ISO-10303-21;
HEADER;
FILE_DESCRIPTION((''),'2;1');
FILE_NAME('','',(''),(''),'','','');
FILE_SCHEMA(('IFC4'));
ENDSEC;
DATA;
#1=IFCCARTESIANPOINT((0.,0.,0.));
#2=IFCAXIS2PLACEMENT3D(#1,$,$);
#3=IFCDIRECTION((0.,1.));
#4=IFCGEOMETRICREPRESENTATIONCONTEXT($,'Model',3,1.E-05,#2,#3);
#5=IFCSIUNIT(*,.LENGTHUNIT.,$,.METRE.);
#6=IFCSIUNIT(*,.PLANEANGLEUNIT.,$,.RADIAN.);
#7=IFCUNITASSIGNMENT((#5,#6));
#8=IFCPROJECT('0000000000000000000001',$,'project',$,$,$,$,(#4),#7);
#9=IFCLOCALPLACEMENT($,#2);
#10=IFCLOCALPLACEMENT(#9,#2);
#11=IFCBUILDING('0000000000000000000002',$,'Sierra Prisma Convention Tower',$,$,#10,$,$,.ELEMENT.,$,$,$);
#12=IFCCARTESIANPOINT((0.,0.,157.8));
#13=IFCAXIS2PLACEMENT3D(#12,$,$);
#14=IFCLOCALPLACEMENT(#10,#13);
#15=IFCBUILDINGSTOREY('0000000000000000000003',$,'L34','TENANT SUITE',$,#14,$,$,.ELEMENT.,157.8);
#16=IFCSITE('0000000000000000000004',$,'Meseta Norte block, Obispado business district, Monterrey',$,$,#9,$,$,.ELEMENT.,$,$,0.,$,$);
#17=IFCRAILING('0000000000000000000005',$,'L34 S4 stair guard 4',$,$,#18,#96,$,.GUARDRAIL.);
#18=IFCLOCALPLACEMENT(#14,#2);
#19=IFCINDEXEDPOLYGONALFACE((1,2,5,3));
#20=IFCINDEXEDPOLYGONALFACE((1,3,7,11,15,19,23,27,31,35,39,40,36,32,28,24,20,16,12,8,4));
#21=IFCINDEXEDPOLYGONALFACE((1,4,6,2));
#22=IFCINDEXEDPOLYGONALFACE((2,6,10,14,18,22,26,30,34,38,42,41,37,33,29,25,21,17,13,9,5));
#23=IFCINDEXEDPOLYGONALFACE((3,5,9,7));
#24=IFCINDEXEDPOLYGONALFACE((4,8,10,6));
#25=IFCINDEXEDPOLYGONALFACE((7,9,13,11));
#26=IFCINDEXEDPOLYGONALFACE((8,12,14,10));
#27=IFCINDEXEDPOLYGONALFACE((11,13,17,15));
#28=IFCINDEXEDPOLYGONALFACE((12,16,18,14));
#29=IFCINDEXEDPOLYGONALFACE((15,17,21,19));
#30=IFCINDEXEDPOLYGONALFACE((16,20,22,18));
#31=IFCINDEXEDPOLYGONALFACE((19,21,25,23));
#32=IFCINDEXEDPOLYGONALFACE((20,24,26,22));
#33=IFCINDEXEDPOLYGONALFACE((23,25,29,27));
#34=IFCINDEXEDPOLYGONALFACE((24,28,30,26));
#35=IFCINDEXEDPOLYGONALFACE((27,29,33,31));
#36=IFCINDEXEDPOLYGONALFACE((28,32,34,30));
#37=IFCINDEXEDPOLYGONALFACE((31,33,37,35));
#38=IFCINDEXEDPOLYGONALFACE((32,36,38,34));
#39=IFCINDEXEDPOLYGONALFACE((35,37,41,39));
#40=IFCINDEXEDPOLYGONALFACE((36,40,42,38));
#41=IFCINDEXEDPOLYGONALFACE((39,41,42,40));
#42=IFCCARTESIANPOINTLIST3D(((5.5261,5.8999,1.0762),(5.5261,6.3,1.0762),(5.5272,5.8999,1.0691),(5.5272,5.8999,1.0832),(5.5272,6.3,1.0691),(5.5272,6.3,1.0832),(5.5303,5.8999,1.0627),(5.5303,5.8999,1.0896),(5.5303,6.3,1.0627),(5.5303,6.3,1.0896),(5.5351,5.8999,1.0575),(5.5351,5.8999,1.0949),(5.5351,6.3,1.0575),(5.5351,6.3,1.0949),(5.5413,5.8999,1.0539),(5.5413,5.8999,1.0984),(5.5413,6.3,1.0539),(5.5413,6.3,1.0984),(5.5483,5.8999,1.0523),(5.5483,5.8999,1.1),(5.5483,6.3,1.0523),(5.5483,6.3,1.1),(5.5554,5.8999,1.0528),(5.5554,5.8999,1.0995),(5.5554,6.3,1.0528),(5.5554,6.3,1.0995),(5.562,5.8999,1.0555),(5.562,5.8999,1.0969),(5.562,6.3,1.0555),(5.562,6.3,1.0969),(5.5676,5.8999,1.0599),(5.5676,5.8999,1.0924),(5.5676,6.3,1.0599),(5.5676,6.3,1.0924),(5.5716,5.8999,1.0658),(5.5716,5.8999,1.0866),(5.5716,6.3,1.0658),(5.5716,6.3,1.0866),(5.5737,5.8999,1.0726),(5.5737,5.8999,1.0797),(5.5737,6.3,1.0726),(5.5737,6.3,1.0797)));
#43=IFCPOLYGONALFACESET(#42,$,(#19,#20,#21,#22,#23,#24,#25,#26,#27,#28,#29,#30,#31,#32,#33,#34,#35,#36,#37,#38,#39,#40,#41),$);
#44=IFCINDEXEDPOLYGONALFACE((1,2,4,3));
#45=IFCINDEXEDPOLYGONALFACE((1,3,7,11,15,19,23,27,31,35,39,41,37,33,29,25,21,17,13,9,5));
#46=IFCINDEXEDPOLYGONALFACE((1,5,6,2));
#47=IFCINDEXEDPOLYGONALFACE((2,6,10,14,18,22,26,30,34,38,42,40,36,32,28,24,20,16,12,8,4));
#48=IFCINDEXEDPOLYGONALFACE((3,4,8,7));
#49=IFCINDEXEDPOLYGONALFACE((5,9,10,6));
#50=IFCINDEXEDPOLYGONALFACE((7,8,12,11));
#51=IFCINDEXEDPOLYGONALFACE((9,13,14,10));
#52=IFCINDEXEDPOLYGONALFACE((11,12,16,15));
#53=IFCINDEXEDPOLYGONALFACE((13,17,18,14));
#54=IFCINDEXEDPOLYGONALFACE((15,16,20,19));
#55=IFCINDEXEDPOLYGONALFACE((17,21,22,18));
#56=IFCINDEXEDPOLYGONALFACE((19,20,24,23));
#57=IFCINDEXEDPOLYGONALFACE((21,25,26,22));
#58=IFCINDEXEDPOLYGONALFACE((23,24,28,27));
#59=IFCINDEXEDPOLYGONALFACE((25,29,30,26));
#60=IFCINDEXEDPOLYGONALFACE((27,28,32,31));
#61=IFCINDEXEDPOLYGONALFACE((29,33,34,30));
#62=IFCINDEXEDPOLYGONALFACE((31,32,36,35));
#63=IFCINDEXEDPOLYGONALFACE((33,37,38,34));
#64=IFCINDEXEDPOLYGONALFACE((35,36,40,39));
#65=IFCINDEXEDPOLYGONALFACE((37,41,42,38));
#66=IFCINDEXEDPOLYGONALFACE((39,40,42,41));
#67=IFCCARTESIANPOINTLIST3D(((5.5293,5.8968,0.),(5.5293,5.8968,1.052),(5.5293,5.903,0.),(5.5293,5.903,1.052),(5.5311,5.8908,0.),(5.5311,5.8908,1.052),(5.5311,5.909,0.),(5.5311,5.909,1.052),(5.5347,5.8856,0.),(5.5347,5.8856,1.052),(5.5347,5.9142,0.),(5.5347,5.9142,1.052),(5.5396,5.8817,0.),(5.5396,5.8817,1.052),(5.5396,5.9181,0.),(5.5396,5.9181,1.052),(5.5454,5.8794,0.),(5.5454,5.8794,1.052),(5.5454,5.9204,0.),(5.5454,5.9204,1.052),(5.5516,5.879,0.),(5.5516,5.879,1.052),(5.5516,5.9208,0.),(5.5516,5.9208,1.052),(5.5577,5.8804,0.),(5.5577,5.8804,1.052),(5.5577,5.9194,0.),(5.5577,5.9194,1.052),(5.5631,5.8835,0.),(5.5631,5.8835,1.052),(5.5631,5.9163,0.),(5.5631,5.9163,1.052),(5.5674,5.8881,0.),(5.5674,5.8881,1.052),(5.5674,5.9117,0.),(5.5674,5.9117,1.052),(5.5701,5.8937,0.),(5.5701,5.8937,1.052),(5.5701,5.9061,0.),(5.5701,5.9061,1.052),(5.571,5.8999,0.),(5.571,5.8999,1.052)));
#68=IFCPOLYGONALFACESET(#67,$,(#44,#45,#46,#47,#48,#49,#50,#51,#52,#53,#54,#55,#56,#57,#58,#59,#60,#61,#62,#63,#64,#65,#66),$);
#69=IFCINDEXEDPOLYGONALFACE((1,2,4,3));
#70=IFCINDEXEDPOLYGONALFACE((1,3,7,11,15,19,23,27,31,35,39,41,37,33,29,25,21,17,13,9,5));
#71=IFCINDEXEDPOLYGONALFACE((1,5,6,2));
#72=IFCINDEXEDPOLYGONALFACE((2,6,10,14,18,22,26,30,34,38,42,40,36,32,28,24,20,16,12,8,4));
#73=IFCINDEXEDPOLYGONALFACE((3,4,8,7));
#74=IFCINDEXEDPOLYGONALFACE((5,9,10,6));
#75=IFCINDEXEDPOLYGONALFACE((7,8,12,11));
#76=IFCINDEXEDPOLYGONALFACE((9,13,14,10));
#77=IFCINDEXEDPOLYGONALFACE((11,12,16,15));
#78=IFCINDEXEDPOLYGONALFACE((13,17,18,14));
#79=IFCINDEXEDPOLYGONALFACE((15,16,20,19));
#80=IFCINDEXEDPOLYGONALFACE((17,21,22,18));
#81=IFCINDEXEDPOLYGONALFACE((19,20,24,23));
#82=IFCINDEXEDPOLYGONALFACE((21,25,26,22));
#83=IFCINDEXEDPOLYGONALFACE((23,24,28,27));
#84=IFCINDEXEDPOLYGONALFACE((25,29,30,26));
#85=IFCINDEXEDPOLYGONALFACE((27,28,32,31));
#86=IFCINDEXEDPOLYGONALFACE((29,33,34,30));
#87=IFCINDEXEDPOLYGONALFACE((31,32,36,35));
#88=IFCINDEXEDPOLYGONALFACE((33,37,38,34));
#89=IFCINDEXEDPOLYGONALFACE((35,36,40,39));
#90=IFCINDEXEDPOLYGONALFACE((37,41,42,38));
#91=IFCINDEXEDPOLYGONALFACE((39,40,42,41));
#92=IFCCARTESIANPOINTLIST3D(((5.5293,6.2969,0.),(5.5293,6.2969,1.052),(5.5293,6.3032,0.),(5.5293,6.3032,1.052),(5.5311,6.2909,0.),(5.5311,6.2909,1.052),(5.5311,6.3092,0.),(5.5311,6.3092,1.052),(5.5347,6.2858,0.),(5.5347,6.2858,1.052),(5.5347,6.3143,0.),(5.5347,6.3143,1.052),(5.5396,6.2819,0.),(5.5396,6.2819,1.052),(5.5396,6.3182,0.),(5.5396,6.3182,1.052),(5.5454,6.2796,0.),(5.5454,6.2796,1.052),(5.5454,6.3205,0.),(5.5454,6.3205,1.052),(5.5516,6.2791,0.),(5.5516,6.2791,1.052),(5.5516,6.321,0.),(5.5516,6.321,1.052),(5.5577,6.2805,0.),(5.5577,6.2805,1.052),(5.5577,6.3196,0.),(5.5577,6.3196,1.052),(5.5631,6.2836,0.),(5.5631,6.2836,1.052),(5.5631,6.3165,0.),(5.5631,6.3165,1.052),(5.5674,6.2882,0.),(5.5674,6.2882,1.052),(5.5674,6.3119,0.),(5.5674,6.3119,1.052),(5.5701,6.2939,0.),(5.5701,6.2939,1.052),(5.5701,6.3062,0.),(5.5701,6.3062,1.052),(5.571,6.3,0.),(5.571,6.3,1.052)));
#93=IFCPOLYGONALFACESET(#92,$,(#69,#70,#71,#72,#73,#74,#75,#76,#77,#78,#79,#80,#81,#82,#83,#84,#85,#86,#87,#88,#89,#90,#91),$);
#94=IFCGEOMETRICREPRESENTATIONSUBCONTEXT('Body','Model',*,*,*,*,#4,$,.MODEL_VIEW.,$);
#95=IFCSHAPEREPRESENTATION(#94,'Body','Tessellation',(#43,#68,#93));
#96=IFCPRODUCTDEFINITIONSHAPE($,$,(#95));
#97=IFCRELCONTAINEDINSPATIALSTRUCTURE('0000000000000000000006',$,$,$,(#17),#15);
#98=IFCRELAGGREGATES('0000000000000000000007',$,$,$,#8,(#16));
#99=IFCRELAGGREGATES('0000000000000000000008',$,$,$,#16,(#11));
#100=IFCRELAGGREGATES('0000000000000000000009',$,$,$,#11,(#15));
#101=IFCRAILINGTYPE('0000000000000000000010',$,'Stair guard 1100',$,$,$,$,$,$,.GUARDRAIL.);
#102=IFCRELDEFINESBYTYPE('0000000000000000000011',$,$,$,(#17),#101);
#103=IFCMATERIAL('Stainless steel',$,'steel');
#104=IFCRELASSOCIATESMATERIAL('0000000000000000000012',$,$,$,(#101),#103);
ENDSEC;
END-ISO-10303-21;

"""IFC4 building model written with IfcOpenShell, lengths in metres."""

from ifc_helpers import new_model, si_unit, direction, frame, origin, origin_2d, place, context, subcontext, project, spatial, circle, extrude, material, type_object, element, save


model = new_model("IFC4")

# Units and contexts
model_context = context("Model", 3, precision=1e-05, world=origin(), true_north=direction((0.0, 1.0)))
body_context = subcontext(model_context, "Body", "Model", "MODEL_VIEW")
ifc_project = project(units=[si_unit("LENGTHUNIT", "METRE"), si_unit("PLANEANGLEUNIT", "RADIAN")], contexts=[model_context])

# Site, building, storey
site_placement = place(None, origin())
site = spatial("IfcSite", under=ifc_project, at=site_placement, Name="Meseta Norte block, Obispado business district, Monterrey", CompositionType="ELEMENT", RefElevation=0.0)
building_placement = place(site_placement, origin())
building = spatial("IfcBuilding", under=site, at=building_placement, Name="Sierra Prisma Convention Tower", CompositionType="ELEMENT")
storey_placement = place(building_placement, frame((0.0, 0.0, 157.8)))
storey = spatial("IfcBuildingStorey", under=building, at=storey_placement, Name="L34", Description="TENANT SUITE", CompositionType="ELEMENT", Elevation=157.8)

# Railing
ifc_material_1 = material(Name="Stainless steel", Category="steel")
railing_type_1 = type_object("IfcRailingType", Name="Stair guard 1100", PredefinedType="GUARDRAIL", material=ifc_material_1)
railing_1_placement = place(storey_placement, frame((5.55, 5.8999, 0.0)))
element("IfcRailing", 1, at=railing_1_placement, inside=storey, type_object=railing_type_1, Name="L34 S4 stair guard 4", PredefinedType="GUARDRAIL", context=body_context, shape_type="SweptSolid", body=[
    extrude(circle(Radius=0.0239, at=origin_2d()), frame((0.0, 0.0, 1.0762), z_axis=(0.0, 1.0, 0.0), x_axis=(-1.0, 0.0, 0.0)), (0.0, 0.0, 1.0), 0.4001),
    extrude(circle(Radius=0.021, at=origin_2d()), origin(), (0.0, 0.0, 1.0), 1.052),
    extrude(circle(Radius=0.021, at=origin_2d()), frame((0.0, 0.4001, 0.0)), (0.0, 0.0, 1.0), 1.052),
])

save(model, "model.ifc")
